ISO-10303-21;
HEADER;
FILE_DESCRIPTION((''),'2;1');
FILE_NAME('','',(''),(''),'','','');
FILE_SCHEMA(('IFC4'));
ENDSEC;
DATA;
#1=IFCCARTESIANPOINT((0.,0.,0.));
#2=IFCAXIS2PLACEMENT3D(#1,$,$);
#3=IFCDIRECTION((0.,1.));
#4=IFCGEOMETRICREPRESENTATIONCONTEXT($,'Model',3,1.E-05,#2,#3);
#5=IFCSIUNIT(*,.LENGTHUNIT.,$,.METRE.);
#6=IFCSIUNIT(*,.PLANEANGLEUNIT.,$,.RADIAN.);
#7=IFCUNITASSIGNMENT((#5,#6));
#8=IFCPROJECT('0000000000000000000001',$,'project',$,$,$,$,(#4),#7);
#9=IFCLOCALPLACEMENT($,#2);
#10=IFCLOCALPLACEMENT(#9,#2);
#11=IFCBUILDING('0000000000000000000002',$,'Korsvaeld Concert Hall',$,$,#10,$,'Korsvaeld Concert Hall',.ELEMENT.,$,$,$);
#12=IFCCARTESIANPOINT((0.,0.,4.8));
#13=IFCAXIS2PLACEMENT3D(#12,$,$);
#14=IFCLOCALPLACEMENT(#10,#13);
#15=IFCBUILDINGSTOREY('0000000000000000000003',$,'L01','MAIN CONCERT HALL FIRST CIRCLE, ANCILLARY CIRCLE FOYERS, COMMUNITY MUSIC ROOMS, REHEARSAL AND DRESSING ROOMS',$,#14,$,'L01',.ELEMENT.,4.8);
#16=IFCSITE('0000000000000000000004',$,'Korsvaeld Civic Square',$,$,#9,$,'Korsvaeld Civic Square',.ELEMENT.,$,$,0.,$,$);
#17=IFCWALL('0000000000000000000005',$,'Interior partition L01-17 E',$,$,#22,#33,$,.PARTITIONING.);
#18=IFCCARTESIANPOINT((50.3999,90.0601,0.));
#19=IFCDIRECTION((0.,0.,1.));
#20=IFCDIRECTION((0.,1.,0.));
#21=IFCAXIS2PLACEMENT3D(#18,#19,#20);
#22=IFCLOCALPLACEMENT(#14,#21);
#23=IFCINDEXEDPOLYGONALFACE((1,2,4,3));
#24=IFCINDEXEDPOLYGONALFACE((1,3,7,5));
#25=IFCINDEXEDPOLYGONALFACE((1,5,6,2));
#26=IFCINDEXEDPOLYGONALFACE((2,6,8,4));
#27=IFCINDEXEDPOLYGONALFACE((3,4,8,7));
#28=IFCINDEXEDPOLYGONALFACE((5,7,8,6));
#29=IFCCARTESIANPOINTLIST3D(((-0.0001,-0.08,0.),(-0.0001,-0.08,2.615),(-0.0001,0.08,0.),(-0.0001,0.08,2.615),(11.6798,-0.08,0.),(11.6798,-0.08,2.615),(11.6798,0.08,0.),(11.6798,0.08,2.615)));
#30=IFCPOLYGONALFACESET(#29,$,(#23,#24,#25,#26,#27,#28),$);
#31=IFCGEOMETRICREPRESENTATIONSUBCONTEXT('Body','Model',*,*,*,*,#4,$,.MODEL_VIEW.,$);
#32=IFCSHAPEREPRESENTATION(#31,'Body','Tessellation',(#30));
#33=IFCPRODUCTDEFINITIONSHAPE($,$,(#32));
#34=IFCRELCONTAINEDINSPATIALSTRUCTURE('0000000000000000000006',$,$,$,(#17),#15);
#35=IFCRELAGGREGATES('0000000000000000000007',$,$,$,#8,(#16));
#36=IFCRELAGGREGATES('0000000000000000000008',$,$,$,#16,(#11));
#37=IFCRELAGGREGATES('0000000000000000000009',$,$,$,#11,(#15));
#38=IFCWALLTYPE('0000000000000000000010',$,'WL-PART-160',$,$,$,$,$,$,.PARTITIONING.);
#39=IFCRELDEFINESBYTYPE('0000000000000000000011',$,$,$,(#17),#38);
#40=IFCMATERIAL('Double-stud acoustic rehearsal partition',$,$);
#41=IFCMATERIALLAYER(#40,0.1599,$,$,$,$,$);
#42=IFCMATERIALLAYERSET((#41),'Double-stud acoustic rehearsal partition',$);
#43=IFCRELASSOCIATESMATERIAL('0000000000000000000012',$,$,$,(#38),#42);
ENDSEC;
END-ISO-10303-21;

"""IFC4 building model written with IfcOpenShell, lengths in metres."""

from ifc_helpers import new_model, si_unit, direction, frame, frame_2d, origin, place, context, subcontext, project, spatial, rectangle, extrude, material, layer, layer_set, type_object, element, save


model = new_model("IFC4")

# Units and contexts
model_context = context("Model", 3, precision=1e-05, world=origin(), true_north=direction((0.0, 1.0)))
body_context = subcontext(model_context, "Body", "Model", "MODEL_VIEW")
ifc_project = project(units=[si_unit("LENGTHUNIT", "METRE"), si_unit("PLANEANGLEUNIT", "RADIAN")], contexts=[model_context])

# Site, building, storey
site_placement = place(None, origin())
site = spatial("IfcSite", under=ifc_project, at=site_placement, Name="Korsvaeld Civic Square", LongName="Korsvaeld Civic Square", CompositionType="ELEMENT", RefElevation=0.0)
building_placement = place(site_placement, origin())
building = spatial("IfcBuilding", under=site, at=building_placement, Name="Korsvaeld Concert Hall", LongName="Korsvaeld Concert Hall", CompositionType="ELEMENT")
storey_placement = place(building_placement, frame((0.0, 0.0, 4.8)))
storey = spatial("IfcBuildingStorey", under=building, at=storey_placement, Name="L01", Description="MAIN CONCERT HALL FIRST CIRCLE, ANCILLARY CIRCLE FOYERS, COMMUNITY MUSIC ROOMS, REHEARSAL AND DRESSING ROOMS", LongName="L01", CompositionType="ELEMENT", Elevation=4.8)

# Shared definitions
ifc_material_1 = material(Name="Double-stud acoustic rehearsal partition")
ifc_layer = layer(ifc_material_1, 0.1599)
ifc_layer_set = layer_set([ifc_layer], Name="Double-stud acoustic rehearsal partition")
wall_type = type_object("IfcWallType", Name="WL-PART-160", PredefinedType="PARTITIONING", material=ifc_layer_set)

# Wall
wall_1_placement = place(storey_placement, frame((50.3999, 90.0601, 0.0), z_axis=(0.0, 0.0, 1.0), x_axis=(0.0, 1.0, 0.0)))
element("IfcWall", 1, at=wall_1_placement, inside=storey, type_object=wall_type, Name="Interior partition L01-17 E", PredefinedType="PARTITIONING", context=body_context, shape_type="SweptSolid", body=[
    extrude(rectangle(XDim=11.6799, YDim=0.1599, at=frame_2d((5.8398, 0.0))), origin(), (0.0, 0.0, 1.0), 2.615),
])

save(model, "model.ifc")
